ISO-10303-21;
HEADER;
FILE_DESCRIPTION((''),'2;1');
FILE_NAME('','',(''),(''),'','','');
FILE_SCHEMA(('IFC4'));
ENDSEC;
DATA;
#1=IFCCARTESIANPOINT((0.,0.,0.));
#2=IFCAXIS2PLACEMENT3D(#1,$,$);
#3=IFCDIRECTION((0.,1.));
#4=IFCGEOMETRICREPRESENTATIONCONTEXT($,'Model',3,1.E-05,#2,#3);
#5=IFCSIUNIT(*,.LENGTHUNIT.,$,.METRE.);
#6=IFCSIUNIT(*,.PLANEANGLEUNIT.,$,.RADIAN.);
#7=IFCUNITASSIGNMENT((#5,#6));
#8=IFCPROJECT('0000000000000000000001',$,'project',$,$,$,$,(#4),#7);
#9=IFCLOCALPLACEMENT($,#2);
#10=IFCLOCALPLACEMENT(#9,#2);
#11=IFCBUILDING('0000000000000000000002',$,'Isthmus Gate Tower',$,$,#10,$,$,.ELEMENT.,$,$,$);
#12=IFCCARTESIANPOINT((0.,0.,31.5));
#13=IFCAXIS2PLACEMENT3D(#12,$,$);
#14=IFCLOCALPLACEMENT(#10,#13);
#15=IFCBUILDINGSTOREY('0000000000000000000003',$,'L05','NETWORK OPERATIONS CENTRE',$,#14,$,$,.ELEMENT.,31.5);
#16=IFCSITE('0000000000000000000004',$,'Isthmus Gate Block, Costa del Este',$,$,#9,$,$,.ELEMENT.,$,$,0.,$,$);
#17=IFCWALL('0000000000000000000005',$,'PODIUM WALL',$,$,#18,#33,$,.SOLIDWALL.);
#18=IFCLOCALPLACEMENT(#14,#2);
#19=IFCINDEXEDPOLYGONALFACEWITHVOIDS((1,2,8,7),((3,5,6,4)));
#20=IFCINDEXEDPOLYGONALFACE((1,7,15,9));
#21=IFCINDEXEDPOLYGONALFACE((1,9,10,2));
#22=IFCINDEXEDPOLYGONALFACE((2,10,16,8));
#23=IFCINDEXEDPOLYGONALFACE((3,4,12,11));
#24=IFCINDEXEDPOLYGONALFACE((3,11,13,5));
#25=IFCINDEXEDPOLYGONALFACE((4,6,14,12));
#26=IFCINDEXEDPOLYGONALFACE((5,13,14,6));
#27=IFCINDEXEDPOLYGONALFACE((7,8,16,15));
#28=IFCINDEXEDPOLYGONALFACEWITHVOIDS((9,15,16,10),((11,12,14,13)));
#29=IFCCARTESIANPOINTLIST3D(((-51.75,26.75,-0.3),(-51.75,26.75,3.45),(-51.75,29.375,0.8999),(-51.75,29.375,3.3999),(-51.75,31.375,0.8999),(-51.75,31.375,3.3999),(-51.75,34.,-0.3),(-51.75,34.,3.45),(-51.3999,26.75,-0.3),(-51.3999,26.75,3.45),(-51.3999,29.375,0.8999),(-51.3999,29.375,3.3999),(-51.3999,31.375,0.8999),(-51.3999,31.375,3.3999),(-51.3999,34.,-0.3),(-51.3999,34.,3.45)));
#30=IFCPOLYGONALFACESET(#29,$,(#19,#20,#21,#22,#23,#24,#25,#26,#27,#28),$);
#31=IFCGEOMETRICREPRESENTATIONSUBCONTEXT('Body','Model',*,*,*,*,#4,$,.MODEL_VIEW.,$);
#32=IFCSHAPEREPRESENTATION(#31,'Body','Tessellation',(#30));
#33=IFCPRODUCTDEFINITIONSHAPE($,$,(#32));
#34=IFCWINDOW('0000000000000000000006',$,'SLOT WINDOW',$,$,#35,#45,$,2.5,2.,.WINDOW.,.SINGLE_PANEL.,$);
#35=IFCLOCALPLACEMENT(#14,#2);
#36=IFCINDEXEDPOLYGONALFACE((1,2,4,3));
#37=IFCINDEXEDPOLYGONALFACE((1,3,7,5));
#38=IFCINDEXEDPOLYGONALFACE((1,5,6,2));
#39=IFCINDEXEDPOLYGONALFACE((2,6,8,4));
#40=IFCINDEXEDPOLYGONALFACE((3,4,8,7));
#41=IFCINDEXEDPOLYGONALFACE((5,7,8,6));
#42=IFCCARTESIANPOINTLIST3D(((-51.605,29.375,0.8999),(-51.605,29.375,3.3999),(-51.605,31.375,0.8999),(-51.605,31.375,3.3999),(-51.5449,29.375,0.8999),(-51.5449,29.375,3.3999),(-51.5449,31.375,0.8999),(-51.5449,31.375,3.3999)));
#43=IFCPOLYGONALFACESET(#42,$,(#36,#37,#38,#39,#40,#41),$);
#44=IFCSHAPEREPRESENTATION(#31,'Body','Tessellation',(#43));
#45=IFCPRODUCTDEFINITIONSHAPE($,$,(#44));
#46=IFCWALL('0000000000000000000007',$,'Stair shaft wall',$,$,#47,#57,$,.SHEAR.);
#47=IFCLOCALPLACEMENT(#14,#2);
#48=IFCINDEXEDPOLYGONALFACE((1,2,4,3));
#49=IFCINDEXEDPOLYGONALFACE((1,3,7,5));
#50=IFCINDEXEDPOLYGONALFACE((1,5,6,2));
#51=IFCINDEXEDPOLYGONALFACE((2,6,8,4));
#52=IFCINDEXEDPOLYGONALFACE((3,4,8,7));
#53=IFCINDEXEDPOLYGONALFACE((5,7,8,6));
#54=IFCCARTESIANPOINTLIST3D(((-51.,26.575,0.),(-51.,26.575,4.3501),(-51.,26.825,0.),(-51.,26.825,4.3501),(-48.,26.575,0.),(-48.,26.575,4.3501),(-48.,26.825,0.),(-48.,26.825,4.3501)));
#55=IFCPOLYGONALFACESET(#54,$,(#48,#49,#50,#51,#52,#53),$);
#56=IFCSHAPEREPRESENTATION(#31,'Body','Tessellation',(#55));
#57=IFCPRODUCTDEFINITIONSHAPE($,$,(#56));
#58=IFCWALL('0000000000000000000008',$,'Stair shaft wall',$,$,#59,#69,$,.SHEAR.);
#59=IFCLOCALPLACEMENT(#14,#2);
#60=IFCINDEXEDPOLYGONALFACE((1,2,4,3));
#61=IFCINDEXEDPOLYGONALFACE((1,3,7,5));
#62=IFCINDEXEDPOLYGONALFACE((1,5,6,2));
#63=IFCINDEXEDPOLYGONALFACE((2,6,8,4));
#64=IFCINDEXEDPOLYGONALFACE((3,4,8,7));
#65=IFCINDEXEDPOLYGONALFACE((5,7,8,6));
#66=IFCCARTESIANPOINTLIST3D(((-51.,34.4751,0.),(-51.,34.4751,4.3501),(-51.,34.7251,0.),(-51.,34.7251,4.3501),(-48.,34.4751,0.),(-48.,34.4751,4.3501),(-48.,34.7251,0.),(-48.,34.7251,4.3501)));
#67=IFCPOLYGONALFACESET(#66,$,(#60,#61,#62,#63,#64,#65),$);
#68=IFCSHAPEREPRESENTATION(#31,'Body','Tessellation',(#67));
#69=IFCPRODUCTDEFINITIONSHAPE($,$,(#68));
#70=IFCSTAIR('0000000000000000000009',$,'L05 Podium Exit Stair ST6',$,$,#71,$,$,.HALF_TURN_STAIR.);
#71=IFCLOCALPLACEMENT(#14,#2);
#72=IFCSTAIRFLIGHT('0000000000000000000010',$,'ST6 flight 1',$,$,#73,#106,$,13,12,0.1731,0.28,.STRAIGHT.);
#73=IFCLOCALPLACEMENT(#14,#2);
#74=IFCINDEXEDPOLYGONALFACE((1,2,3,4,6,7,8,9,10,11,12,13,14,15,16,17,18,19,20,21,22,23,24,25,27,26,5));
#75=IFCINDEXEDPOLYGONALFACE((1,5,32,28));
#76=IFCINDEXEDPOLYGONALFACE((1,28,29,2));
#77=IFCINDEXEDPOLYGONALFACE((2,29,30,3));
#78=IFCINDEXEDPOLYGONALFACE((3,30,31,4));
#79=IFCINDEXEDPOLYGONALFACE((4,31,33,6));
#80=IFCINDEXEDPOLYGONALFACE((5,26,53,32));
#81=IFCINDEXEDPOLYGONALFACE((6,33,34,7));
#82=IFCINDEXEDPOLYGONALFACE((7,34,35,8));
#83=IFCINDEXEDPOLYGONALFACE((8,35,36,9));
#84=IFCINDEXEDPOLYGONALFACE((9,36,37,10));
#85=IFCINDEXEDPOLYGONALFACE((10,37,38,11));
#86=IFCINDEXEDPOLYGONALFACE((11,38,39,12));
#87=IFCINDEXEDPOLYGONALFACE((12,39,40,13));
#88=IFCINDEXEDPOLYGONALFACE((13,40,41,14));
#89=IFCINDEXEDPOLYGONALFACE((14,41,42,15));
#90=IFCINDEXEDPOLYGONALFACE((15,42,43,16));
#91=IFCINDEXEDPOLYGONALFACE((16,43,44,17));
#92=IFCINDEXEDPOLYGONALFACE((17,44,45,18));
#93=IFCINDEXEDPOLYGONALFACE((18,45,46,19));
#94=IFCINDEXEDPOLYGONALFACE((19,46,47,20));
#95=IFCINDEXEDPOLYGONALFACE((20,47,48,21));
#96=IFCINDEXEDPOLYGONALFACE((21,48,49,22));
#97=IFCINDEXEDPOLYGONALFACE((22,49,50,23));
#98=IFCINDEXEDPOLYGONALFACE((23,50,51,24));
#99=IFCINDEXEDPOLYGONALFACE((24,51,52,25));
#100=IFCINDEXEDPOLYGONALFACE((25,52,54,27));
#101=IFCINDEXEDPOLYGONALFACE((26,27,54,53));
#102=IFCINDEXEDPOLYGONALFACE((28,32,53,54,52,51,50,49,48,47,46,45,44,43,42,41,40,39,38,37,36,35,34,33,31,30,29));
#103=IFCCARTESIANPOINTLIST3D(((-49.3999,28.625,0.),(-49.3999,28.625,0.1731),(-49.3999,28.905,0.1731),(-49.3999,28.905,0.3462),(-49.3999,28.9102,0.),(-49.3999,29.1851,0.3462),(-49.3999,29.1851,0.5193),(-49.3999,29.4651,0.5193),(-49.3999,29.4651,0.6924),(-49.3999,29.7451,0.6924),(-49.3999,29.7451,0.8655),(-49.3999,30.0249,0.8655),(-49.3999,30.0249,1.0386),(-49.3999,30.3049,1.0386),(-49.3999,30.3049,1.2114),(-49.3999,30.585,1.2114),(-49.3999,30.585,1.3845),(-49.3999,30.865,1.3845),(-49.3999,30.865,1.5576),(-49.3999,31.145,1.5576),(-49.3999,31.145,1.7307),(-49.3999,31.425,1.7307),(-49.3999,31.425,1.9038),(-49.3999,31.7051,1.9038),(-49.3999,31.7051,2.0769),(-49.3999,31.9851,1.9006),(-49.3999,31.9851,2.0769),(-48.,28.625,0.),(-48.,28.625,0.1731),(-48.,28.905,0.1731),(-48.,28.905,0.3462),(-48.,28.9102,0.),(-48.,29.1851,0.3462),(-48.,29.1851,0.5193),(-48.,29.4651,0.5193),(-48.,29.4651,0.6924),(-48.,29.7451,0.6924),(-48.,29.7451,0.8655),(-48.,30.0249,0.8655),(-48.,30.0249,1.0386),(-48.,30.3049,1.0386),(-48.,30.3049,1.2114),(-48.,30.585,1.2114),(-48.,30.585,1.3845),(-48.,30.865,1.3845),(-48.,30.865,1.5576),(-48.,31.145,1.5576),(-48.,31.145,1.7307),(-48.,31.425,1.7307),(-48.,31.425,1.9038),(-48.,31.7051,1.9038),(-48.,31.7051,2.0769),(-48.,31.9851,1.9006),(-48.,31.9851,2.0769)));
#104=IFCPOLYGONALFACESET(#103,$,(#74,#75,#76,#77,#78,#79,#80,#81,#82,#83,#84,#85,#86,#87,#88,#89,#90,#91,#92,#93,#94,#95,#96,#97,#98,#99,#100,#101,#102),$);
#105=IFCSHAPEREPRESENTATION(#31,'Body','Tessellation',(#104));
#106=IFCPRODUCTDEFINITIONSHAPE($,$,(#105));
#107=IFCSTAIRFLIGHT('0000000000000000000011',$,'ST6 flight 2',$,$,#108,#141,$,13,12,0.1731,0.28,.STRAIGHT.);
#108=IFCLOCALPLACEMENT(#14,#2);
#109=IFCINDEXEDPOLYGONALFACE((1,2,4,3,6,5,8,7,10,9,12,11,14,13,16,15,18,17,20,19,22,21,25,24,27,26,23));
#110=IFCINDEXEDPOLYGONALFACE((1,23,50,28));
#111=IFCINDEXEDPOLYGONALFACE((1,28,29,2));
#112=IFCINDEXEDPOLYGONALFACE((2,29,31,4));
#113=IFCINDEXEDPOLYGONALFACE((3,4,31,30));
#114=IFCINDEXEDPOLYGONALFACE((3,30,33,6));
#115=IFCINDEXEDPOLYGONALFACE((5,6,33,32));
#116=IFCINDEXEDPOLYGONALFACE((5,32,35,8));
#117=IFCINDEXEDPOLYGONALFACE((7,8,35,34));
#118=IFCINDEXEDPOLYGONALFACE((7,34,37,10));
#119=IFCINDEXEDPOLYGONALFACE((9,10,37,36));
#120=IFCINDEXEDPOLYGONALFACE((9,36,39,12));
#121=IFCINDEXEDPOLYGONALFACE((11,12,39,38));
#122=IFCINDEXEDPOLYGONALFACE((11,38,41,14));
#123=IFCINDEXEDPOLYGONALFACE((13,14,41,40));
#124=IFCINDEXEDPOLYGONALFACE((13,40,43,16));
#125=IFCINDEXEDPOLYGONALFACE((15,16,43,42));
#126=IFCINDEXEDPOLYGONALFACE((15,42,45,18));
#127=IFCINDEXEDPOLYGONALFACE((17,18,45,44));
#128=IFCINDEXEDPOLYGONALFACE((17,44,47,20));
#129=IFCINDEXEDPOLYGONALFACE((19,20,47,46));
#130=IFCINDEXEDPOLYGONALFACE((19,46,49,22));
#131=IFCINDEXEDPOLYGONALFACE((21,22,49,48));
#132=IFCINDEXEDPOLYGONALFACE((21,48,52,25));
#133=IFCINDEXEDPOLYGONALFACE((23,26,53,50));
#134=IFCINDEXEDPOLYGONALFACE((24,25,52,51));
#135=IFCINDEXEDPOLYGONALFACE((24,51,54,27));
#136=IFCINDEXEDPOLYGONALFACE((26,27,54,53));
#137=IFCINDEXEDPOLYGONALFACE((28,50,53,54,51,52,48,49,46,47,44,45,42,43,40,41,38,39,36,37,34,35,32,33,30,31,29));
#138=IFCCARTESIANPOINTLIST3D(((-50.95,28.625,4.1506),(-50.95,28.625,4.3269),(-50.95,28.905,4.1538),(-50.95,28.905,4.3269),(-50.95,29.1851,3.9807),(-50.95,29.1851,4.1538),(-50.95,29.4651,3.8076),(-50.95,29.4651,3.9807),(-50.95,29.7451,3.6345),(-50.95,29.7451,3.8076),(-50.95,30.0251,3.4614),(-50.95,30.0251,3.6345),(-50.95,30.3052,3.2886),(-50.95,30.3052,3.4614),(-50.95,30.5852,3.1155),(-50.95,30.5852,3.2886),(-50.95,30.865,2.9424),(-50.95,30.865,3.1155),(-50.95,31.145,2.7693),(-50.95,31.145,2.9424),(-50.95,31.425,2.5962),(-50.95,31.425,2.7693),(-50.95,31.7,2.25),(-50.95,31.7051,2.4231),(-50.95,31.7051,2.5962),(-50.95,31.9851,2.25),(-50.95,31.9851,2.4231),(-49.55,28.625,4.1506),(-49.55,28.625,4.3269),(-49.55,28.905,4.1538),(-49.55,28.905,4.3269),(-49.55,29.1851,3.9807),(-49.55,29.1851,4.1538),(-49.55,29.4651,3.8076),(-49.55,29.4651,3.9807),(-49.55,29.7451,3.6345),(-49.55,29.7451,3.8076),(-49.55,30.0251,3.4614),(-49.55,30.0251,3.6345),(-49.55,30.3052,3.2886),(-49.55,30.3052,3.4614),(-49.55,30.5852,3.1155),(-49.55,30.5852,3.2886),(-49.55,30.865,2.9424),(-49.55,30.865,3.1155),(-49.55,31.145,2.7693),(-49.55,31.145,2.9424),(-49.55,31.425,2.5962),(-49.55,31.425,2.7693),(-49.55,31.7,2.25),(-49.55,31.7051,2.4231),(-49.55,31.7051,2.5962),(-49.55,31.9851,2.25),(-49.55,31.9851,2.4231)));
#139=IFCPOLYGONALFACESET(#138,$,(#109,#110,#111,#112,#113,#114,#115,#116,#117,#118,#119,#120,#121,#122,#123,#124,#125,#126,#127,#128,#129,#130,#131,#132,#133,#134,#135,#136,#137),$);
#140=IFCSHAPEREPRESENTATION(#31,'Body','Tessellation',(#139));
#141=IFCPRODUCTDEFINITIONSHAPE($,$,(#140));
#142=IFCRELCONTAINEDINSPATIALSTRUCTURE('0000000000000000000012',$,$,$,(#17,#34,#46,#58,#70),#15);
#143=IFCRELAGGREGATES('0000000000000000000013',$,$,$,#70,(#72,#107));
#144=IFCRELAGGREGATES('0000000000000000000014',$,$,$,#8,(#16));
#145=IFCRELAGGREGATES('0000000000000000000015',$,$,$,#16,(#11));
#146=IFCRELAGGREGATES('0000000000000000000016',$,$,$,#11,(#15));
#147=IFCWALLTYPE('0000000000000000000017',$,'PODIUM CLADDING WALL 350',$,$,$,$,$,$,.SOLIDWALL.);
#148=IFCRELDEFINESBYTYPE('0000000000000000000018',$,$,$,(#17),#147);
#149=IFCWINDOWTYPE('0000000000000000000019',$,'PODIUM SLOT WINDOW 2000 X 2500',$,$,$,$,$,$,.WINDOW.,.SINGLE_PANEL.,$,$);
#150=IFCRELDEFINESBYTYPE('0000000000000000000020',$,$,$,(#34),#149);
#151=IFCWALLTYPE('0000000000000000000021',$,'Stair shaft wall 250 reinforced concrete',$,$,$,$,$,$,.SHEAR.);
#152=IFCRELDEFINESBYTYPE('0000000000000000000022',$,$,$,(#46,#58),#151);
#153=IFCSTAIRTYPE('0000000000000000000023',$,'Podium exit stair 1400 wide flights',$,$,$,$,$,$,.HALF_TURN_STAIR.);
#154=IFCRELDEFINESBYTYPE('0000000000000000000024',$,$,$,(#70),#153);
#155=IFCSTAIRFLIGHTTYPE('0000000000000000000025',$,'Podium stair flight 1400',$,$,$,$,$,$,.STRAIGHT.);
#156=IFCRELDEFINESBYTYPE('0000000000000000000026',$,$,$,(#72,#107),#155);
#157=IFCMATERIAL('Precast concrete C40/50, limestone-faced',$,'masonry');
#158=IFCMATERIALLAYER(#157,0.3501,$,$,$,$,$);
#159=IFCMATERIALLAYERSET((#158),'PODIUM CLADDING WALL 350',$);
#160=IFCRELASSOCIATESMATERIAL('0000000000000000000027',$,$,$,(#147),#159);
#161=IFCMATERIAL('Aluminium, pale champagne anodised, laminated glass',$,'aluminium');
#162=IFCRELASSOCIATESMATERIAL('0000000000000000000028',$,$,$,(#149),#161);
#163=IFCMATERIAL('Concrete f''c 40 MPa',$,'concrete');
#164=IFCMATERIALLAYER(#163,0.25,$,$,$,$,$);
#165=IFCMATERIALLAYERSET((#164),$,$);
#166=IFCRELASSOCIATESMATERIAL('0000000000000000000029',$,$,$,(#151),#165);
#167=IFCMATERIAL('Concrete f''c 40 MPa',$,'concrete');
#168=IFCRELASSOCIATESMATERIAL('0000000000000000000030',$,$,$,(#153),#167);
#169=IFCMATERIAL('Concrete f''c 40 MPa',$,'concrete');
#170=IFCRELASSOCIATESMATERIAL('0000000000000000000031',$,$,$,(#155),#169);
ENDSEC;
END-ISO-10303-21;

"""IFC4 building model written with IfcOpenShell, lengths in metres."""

from ifc_helpers import new_model, si_unit, direction, frame, frame_2d, origin, place, context, subcontext, project, spatial, polyline, rectangle, outline, extrude, material, layer, layer_set, type_object, element, fill, aggregate, save


model = new_model("IFC4")

# Units and contexts
model_context = context("Model", 3, precision=1e-05, world=origin(), true_north=direction((0.0, 1.0)))
body_context = subcontext(model_context, "Body", "Model", "MODEL_VIEW")
ifc_project = project(units=[si_unit("LENGTHUNIT", "METRE"), si_unit("PLANEANGLEUNIT", "RADIAN")], contexts=[model_context])

# Site, building, storey
site_placement = place(None, origin())
site = spatial("IfcSite", under=ifc_project, at=site_placement, Name="Isthmus Gate Block, Costa del Este", CompositionType="ELEMENT", RefElevation=0.0)
building_placement = place(site_placement, origin())
building = spatial("IfcBuilding", under=site, at=building_placement, Name="Isthmus Gate Tower", CompositionType="ELEMENT")
storey_placement = place(building_placement, frame((0.0, 0.0, 31.5)))
storey = spatial("IfcBuildingStorey", under=building, at=storey_placement, Name="L05", Description="NETWORK OPERATIONS CENTRE", CompositionType="ELEMENT", Elevation=31.5)

# Wall, opening, window
ifc_material_1 = material(Name="Precast concrete C40/50, limestone-faced", Category="masonry")
ifc_layer_1 = layer(ifc_material_1, 0.3501)
ifc_layer_set_1 = layer_set([ifc_layer_1], Name="PODIUM CLADDING WALL 350")
wall_type_1 = type_object("IfcWallType", Name="PODIUM CLADDING WALL 350", PredefinedType="SOLIDWALL", material=ifc_layer_set_1)
wall_placement = place(storey_placement, frame((-51.575, 34.0, -0.3), z_axis=(0.0, 0.0, 1.0), x_axis=(0.0, -1.0, 0.0)))
wall = element("IfcWall", 1, at=wall_placement, inside=storey, type_object=wall_type_1, Name="PODIUM WALL", PredefinedType="SOLIDWALL", context=body_context, shape_type="SweptSolid", body=[
    extrude(rectangle(XDim=7.25, YDim=0.3501, at=frame_2d((3.625, 0.0))), origin(), (0.0, 0.0, 1.0), 3.75),
])
opening_placement = place(wall_placement, frame((2.625, 0.0, 1.2)))
opening = element("IfcOpeningElement", 2, at=opening_placement, cuts=wall, PredefinedType="OPENING", context=body_context, shape_type="SweptSolid", body=[
    extrude(rectangle(XDim=2.0, YDim=2.5, at=frame_2d((1.0, 1.25))), frame((0.0, 0.1851, 0.0), z_axis=(0.0, -1.0, 0.0), x_axis=(1.0, 0.0, 0.0)), (0.0, 0.0, 1.0), 0.3701),
])
ifc_material_2 = material(Name="Aluminium, pale champagne anodised, laminated glass", Category="aluminium")
window_type = type_object("IfcWindowType", Name="PODIUM SLOT WINDOW 2000 X 2500", PartitioningType="SINGLE_PANEL", PredefinedType="WINDOW", material=ifc_material_2)
window_placement = place(opening_placement, origin())
window = element("IfcWindow", 3, at=window_placement, inside=storey, type_object=window_type, Name="SLOT WINDOW", OverallHeight=2.5, OverallWidth=2.0, PartitioningType="SINGLE_PANEL", PredefinedType="WINDOW", context=body_context, shape_type="SweptSolid", body=[
    extrude(rectangle(XDim=2.0, YDim=2.5, at=frame_2d((1.0, 1.25))), frame((0.0, 0.03, 0.0), z_axis=(0.0, -1.0, 0.0), x_axis=(1.0, 0.0, 0.0)), (0.0, 0.0, 1.0), 0.0601),
])
fill(opening, window)

# Walls
ifc_material_3 = material(Name="Concrete f'c 40 MPa", Category="concrete")
ifc_layer_2 = layer(ifc_material_3, 0.25)
ifc_layer_set_2 = layer_set([ifc_layer_2])
wall_type_2 = type_object("IfcWallType", Name="Stair shaft wall 250 reinforced concrete", PredefinedType="SHEAR", material=ifc_layer_set_2)
for number, where, z_axis, x_axis, name in (
    (4, (-51.0, 26.7, 0.0), (0.0, 0.0, 1.0), (1.0, 0.0, 0.0), "Stair shaft wall"),
    (5, (-51.0, 34.6001, 0.0), (0.0, 0.0, 1.0), (1.0, 0.0, 0.0), "Stair shaft wall"),
):
    element("IfcWall", number, at=place(storey_placement, frame(where, z_axis=z_axis, x_axis=x_axis)), inside=storey, type_object=wall_type_2, Name=name, PredefinedType="SHEAR", context=body_context, shape_type="SweptSolid", body=[
        extrude(rectangle(XDim=3.0, YDim=0.25, at=frame_2d((1.5, 0.0))), origin(), (0.0, 0.0, 1.0), 4.3501),
    ])

# Stair, stair flights
ifc_material_4 = material(Name="Concrete f'c 40 MPa", Category="concrete")
stair_type = type_object("IfcStairType", Name="Podium exit stair 1400 wide flights", PredefinedType="HALF_TURN_STAIR", material=ifc_material_4)
stair_placement = place(storey_placement, origin())
stair = element("IfcStair", 6, at=stair_placement, inside=storey, type_object=stair_type, Name="L05 Podium Exit Stair ST6", PredefinedType="HALF_TURN_STAIR")
ifc_material_5 = material(Name="Concrete f'c 40 MPa", Category="concrete")
stair_flight_type = type_object("IfcStairFlightType", Name="Podium stair flight 1400", PredefinedType="STRAIGHT", material=ifc_material_5)
stair_flight_1_placement = place(storey_placement, frame((-48.7, 28.625, 0.0), z_axis=(0.0, 0.0, 1.0), x_axis=(0.0, 1.0, 0.0)))
stair_flight_1 = element("IfcStairFlight", 7, at=stair_flight_1_placement, type_object=stair_flight_type, Name="ST6 flight 1", NumberOfRisers=13, NumberOfTreads=12, PredefinedType="STRAIGHT", RiserHeight=0.1731, TreadLength=0.28, context=body_context, shape_type="SweptSolid", body=[
    extrude(outline(polyline([(0.0, 0.0), (0.0, 0.1731), (0.28, 0.1731), (0.28, 0.3462), (0.5601, 0.3462), (0.5601, 0.5193), (0.8401, 0.5193), (0.8401, 0.6924), (1.1201, 0.6924), (1.1201, 0.8655), (1.3999, 0.8655), (1.3999, 1.0386), (1.6799, 1.0386), (1.6799, 1.2114), (1.96, 1.2114), (1.96, 1.3845), (2.24, 1.3845), (2.24, 1.5576), (2.52, 1.5576), (2.52, 1.7307), (2.8, 1.7307), (2.8, 1.9038), (3.0801, 1.9038), (3.0801, 2.0769), (3.3601, 2.0769), (3.3601, 2.25), (3.3601, 1.9006), (0.2852, 0.0), (0.0, 0.0)])), frame((0.0, 0.7, 0.0), z_axis=(0.0, -1.0, 0.0), x_axis=(1.0, 0.0, 0.0)), (0.0, 0.0, 1.0), 1.3999),
])
stair_flight_2_placement = place(storey_placement, frame((-50.25, 31.9851, 2.25), z_axis=(0.0, 0.0, 1.0), x_axis=(0.0, -1.0, 0.0)))
stair_flight_2 = element("IfcStairFlight", 8, at=stair_flight_2_placement, type_object=stair_flight_type, Name="ST6 flight 2", NumberOfRisers=13, NumberOfTreads=12, PredefinedType="STRAIGHT", RiserHeight=0.1731, TreadLength=0.28, context=body_context, shape_type="SweptSolid", body=[
    extrude(outline(polyline([(0.0, 0.0), (0.0, 0.1731), (0.28, 0.1731), (0.28, 0.3462), (0.5601, 0.3462), (0.5601, 0.5193), (0.8401, 0.5193), (0.8401, 0.6924), (1.1201, 0.6924), (1.1201, 0.8655), (1.3999, 0.8655), (1.3999, 1.0386), (1.6799, 1.0386), (1.6799, 1.2114), (1.96, 1.2114), (1.96, 1.3845), (2.24, 1.3845), (2.24, 1.5576), (2.52, 1.5576), (2.52, 1.7307), (2.8, 1.7307), (2.8, 1.9038), (3.0801, 1.9038), (3.0801, 2.0769), (3.3601, 2.0769), (3.3601, 2.25), (3.3601, 1.9006), (0.2852, 0.0), (0.0, 0.0)])), frame((0.0, 0.7, 0.0), z_axis=(0.0, -1.0, 0.0), x_axis=(1.0, 0.0, 0.0)), (0.0, 0.0, 1.0), 1.3999),
])
aggregate(stair, [stair_flight_1, stair_flight_2])

save(model, "model.ifc")
